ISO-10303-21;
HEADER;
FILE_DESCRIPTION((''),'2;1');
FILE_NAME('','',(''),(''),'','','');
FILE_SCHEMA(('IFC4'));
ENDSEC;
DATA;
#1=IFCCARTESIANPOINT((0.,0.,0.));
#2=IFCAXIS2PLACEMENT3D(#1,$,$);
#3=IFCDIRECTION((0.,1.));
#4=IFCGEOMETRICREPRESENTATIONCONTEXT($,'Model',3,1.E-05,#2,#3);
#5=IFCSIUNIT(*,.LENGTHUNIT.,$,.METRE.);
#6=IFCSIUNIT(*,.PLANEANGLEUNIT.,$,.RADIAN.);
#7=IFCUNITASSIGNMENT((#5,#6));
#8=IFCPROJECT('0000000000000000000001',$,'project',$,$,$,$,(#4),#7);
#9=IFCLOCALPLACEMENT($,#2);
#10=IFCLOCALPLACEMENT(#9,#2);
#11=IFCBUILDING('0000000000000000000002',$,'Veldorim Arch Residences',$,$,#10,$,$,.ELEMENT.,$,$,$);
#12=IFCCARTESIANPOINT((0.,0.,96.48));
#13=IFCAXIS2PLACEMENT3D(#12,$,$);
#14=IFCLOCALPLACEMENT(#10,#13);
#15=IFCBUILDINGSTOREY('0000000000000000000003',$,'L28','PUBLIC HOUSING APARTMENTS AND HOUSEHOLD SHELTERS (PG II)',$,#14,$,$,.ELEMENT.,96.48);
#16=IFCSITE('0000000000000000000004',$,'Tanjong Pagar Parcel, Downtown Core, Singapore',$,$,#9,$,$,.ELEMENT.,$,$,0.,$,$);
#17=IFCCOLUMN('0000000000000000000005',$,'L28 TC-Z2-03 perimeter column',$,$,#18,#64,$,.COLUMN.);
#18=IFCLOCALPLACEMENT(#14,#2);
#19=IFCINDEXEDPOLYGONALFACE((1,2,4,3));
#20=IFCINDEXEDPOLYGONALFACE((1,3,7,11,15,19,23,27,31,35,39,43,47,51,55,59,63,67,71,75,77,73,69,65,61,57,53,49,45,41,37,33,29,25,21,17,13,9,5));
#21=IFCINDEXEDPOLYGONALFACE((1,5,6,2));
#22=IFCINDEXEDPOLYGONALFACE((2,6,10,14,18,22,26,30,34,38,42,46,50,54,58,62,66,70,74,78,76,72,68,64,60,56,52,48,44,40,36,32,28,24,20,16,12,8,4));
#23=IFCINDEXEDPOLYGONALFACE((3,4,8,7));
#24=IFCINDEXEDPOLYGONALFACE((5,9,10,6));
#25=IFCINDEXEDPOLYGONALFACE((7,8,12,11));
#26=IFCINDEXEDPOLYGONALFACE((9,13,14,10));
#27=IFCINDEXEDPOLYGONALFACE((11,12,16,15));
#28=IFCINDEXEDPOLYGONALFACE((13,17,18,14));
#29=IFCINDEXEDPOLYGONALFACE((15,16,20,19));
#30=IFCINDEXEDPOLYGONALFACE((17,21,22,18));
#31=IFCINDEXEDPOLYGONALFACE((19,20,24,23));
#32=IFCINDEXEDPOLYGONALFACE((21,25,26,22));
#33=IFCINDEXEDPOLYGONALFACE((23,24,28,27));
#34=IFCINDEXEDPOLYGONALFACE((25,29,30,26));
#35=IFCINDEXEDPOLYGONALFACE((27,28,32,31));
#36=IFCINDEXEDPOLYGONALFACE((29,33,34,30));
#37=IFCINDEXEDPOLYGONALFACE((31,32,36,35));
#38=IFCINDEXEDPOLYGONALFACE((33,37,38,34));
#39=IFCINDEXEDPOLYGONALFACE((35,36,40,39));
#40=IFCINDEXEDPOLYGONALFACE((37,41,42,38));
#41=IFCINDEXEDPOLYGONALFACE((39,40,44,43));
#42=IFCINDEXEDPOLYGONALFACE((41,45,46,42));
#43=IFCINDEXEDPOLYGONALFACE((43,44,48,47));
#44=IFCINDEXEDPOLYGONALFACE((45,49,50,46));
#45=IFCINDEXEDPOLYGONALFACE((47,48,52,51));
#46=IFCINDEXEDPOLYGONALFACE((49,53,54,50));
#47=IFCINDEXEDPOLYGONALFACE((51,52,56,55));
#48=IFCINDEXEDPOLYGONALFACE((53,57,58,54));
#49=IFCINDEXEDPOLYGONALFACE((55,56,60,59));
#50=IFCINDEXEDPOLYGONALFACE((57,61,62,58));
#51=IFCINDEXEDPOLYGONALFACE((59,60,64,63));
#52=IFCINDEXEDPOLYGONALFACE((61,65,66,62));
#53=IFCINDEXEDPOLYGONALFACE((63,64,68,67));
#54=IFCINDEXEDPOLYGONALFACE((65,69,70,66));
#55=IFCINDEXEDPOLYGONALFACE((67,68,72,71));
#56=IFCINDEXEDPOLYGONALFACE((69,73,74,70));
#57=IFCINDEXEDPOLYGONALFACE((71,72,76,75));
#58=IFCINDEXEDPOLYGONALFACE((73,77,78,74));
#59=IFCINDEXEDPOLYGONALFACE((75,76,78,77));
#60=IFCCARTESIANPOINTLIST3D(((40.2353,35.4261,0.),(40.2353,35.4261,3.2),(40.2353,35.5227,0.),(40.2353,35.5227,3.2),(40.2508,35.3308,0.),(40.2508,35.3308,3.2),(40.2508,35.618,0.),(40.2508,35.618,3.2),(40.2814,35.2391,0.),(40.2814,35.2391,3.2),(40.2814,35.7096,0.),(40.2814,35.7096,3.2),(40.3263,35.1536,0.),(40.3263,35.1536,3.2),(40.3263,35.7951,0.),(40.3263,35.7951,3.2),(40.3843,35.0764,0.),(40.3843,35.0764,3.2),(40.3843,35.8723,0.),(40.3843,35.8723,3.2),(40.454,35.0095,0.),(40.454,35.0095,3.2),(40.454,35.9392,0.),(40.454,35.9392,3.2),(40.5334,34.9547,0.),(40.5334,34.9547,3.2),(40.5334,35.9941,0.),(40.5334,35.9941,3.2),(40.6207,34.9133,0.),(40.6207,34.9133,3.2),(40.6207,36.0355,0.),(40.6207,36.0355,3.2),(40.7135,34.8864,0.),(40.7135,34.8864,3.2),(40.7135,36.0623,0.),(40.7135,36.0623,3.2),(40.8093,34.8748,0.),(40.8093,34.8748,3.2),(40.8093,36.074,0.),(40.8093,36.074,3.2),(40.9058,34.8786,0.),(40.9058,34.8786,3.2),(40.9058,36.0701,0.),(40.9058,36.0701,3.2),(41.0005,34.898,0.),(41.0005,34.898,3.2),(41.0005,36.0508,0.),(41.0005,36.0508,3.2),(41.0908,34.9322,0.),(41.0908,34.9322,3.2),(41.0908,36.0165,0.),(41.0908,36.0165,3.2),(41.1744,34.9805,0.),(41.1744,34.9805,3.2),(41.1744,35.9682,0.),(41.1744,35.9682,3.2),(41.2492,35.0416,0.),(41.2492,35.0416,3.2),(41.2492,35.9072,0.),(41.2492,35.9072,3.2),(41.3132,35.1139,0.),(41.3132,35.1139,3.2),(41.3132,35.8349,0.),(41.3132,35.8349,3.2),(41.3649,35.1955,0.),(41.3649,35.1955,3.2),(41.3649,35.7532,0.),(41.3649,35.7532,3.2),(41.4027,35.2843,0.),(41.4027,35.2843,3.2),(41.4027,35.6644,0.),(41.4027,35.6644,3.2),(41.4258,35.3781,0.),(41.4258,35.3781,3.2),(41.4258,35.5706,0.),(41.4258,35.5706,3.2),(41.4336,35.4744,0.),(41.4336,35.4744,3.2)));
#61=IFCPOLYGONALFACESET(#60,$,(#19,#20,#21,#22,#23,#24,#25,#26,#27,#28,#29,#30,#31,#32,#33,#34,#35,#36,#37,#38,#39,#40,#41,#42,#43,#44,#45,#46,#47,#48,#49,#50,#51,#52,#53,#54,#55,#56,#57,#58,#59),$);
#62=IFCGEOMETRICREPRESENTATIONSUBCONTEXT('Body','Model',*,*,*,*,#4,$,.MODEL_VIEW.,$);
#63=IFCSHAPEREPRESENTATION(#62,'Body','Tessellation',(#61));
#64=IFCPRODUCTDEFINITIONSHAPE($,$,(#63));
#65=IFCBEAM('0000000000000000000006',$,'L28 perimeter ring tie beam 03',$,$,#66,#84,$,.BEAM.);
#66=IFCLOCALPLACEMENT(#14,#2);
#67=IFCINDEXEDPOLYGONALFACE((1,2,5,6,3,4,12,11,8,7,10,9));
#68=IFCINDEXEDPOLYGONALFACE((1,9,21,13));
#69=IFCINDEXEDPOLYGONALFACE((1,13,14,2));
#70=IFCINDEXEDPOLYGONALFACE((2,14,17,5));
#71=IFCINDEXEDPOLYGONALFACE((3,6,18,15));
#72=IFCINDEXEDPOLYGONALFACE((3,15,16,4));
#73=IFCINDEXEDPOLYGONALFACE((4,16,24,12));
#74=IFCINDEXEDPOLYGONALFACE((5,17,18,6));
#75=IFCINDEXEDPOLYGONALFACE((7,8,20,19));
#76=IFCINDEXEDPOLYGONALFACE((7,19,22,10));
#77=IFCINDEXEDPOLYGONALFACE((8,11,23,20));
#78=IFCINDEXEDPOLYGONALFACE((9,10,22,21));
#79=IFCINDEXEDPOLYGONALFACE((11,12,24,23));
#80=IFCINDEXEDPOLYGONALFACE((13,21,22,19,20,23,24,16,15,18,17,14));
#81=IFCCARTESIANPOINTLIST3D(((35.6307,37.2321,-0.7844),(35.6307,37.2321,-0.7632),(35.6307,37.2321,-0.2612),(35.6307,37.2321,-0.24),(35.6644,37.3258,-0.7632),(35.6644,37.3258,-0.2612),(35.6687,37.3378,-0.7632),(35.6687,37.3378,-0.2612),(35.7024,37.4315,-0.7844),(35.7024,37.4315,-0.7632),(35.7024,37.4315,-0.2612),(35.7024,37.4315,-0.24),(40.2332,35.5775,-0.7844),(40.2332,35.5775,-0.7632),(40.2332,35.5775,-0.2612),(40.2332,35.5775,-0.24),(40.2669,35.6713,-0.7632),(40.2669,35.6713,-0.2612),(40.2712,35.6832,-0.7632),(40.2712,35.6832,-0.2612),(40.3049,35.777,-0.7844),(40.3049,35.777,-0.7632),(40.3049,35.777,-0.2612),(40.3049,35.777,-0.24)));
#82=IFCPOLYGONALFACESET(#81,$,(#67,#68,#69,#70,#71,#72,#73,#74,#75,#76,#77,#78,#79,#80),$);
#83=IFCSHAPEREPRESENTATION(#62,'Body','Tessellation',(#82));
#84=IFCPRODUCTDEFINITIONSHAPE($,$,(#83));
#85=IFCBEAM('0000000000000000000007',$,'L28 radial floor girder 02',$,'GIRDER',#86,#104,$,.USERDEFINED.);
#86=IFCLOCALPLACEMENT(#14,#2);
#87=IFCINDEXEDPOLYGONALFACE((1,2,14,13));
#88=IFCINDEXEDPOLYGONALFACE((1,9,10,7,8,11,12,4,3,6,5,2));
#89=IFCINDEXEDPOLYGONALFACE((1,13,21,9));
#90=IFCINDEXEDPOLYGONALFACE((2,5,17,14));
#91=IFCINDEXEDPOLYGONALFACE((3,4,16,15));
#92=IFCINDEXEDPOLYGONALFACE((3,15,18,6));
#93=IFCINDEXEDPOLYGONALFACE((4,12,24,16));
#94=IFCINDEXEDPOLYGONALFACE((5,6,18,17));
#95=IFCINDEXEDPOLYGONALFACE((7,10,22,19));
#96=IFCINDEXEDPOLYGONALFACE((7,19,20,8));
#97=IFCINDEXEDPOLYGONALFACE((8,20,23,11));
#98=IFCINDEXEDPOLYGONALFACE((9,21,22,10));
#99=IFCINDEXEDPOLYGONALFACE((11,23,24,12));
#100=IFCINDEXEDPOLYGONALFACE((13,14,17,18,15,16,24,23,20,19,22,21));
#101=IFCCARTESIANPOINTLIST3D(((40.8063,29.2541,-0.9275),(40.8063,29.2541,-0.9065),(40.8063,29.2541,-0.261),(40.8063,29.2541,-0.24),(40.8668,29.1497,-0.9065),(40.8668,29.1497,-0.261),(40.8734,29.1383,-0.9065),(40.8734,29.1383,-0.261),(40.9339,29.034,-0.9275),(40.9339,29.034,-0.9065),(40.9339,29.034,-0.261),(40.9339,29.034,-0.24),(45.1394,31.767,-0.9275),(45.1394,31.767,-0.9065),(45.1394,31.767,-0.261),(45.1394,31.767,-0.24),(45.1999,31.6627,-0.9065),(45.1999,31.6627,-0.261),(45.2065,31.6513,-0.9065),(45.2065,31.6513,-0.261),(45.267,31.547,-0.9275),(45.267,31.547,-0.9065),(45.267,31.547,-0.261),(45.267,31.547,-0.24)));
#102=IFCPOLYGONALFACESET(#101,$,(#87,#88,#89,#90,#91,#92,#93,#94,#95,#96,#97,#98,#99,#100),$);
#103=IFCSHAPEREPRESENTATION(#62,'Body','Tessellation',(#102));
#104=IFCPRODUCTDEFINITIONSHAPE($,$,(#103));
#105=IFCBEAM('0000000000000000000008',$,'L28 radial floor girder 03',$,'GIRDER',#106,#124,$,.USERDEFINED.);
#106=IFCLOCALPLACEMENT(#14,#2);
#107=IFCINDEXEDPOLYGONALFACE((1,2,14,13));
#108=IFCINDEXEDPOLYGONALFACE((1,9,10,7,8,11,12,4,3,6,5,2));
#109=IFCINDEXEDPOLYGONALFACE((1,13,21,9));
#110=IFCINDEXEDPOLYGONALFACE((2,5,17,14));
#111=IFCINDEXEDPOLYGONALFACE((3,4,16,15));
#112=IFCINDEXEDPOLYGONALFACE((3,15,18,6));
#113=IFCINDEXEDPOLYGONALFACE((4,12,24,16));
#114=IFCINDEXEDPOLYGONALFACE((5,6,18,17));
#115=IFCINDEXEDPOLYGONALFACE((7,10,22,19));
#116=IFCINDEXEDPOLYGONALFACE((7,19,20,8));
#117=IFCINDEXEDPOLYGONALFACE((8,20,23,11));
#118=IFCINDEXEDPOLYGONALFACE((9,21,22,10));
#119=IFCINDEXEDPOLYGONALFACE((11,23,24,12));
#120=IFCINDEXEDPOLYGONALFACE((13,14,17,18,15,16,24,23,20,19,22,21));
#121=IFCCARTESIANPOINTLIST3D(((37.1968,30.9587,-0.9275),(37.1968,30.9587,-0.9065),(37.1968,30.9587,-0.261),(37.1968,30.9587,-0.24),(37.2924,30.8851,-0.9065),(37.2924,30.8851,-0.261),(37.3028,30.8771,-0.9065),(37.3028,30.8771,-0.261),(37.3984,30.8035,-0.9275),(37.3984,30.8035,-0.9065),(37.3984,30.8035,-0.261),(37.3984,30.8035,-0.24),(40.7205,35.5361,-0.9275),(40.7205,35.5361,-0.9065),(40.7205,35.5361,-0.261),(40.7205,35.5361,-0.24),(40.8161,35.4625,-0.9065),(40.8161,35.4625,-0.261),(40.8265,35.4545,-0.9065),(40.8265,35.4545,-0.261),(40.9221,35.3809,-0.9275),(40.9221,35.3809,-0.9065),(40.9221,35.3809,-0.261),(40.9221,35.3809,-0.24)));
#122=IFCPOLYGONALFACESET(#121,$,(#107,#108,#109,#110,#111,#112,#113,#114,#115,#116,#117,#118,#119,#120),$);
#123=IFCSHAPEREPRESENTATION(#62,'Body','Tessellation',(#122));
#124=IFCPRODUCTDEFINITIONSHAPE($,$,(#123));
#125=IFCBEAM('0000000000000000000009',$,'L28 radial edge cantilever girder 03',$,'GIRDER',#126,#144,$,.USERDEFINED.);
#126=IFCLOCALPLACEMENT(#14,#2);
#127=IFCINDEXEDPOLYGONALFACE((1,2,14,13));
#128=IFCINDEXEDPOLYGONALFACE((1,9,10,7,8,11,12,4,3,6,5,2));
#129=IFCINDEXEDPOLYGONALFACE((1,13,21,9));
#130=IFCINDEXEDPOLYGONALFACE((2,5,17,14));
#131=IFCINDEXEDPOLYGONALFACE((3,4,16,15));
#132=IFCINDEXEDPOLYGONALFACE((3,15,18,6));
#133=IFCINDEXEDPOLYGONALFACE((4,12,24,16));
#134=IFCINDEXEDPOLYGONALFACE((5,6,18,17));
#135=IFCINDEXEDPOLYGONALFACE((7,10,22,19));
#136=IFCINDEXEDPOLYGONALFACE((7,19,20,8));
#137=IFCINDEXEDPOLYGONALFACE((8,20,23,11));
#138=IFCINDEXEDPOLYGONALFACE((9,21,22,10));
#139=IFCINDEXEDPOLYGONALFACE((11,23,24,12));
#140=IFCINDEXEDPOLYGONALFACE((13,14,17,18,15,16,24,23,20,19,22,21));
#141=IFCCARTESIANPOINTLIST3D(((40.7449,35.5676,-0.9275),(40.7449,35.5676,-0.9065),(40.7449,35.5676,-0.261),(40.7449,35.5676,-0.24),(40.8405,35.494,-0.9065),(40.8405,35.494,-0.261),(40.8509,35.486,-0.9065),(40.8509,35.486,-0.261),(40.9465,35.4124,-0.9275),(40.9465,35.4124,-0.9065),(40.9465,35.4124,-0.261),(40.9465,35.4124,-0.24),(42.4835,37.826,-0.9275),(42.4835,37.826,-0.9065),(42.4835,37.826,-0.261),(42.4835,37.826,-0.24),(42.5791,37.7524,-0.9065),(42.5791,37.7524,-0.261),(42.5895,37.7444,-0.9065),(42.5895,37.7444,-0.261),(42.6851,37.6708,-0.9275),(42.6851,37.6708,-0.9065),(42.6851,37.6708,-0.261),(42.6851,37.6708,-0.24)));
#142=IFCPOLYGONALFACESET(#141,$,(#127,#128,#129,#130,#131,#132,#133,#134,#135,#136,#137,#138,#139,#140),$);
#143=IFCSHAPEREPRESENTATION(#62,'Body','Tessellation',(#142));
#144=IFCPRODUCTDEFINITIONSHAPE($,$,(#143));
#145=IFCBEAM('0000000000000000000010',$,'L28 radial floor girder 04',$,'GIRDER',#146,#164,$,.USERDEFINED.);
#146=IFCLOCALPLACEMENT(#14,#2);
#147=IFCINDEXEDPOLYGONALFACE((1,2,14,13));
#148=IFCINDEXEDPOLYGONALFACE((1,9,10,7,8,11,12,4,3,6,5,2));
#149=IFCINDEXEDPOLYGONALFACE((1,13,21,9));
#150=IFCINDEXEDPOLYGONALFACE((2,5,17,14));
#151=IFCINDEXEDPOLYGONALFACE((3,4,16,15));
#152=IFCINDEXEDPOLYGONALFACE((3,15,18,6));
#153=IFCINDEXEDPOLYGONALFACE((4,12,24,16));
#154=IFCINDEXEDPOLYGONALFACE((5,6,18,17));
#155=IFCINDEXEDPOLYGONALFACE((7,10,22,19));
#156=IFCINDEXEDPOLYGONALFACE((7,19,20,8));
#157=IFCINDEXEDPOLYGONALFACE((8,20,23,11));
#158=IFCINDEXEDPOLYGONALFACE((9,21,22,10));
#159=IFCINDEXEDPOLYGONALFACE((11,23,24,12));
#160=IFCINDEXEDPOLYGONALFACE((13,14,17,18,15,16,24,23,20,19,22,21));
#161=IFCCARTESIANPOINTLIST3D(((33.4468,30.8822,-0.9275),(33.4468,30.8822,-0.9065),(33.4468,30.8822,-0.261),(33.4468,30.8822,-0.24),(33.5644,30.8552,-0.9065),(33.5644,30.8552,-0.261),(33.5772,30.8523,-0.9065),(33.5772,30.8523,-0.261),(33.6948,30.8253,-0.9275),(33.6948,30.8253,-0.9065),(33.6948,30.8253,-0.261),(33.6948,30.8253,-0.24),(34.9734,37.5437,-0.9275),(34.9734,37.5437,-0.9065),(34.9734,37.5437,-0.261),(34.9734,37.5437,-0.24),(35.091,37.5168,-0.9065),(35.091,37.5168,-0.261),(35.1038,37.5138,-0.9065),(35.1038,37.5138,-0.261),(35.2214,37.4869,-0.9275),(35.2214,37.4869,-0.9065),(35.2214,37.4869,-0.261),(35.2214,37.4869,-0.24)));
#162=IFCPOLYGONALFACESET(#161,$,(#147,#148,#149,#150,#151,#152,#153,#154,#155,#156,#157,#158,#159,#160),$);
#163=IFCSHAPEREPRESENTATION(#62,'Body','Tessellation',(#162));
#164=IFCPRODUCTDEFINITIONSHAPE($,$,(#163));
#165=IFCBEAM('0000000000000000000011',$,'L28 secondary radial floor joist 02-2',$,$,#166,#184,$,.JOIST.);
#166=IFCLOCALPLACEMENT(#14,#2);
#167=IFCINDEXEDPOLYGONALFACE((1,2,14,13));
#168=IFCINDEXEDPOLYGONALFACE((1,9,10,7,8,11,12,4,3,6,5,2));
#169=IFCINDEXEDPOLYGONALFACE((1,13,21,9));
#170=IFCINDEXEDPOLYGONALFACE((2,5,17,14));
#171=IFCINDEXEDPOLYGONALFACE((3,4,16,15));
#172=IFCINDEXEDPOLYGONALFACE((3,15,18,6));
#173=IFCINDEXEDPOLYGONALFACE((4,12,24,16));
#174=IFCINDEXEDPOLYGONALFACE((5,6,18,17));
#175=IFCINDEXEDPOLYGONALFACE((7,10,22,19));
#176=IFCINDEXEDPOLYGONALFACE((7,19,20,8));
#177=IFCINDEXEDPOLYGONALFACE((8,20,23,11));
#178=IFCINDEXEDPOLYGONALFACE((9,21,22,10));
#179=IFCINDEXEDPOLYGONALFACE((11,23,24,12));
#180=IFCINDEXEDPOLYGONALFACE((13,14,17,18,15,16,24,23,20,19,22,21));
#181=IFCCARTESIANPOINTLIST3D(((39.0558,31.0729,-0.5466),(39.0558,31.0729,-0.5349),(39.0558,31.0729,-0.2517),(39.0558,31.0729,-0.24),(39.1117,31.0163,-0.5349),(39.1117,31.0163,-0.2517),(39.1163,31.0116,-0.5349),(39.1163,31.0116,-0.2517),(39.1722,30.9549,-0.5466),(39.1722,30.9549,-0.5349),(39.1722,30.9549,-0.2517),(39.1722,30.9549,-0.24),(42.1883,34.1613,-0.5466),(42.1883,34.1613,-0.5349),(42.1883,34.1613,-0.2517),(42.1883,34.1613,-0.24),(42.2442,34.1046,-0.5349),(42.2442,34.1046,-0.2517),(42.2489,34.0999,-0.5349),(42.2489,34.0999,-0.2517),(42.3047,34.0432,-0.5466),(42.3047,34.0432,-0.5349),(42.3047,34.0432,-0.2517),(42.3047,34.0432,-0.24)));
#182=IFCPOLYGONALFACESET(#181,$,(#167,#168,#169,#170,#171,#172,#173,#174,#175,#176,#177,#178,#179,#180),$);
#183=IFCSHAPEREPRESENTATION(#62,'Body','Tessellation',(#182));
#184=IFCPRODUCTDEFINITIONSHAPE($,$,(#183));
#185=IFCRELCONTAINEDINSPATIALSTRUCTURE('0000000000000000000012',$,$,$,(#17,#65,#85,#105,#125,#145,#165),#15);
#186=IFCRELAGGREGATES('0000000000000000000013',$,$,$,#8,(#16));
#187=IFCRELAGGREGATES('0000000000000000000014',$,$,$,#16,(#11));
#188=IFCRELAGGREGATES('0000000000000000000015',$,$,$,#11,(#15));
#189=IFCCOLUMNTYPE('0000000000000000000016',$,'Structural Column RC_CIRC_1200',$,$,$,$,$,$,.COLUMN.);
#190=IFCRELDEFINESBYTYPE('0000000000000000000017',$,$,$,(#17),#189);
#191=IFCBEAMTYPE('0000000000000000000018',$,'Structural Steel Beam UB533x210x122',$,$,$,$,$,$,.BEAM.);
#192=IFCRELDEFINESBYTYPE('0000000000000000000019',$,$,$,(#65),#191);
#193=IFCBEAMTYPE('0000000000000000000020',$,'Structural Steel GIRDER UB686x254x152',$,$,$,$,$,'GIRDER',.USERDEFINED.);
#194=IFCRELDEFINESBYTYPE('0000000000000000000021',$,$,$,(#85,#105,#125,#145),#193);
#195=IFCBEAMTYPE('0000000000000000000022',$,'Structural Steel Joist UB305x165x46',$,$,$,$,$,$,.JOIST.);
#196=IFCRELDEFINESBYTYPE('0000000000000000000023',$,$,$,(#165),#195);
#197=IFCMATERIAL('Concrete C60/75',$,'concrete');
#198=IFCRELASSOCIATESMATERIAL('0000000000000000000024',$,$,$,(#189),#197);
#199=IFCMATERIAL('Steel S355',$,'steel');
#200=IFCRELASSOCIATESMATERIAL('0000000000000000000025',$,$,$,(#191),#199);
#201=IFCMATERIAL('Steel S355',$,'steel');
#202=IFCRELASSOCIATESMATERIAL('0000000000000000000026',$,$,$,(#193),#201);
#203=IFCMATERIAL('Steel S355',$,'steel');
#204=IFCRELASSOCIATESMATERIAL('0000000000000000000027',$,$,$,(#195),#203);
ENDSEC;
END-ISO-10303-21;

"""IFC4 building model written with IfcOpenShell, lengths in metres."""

from ifc_helpers import new_model, si_unit, direction, frame, origin, origin_2d, place, context, subcontext, project, spatial, circle, i_section, extrude, material, material_profile, profile_set, type_object, element, save


model = new_model("IFC4")

# Units and contexts
model_context = context("Model", 3, precision=1e-05, world=origin(), true_north=direction((0.0, 1.0)))
body_context = subcontext(model_context, "Body", "Model", "MODEL_VIEW")
ifc_project = project(units=[si_unit("LENGTHUNIT", "METRE"), si_unit("PLANEANGLEUNIT", "RADIAN")], contexts=[model_context])

# Site, building, storey
site_placement = place(None, origin())
site = spatial("IfcSite", under=ifc_project, at=site_placement, Name="Tanjong Pagar Parcel, Downtown Core, Singapore", CompositionType="ELEMENT", RefElevation=0.0)
building_placement = place(site_placement, origin())
building = spatial("IfcBuilding", under=site, at=building_placement, Name="Veldorim Arch Residences", CompositionType="ELEMENT")
storey_placement = place(building_placement, frame((0.0, 0.0, 96.48)))
storey = spatial("IfcBuildingStorey", under=building, at=storey_placement, Name="L28", Description="PUBLIC HOUSING APARTMENTS AND HOUSEHOLD SHELTERS (PG II)", CompositionType="ELEMENT", Elevation=96.48)

# Column
ifc_material_1 = material(Name="Concrete C60/75", Category="concrete")
ifc_material_profile_1 = material_profile(ifc_material_1, circle(Radius=0.6001, at=origin_2d()), Name="RC_CIRC_1200")
ifc_profile_set_1 = profile_set([ifc_material_profile_1], Name="Concrete C60/75")
column_type = type_object("IfcColumnType", Name="Structural Column RC_CIRC_1200", PredefinedType="COLUMN", material=ifc_profile_set_1)
column_placement = place(storey_placement, frame((40.8335, 35.4744, 0.0), z_axis=(0.0, 0.0, 1.0), x_axis=(1.0, 0.0, 0.0)))
element("IfcColumn", 1, at=column_placement, inside=storey, type_object=column_type, Name="L28 TC-Z2-03 perimeter column", PredefinedType="COLUMN", context=body_context, shape_type="SweptSolid", body=[
    extrude(circle(Radius=0.6001, at=origin_2d()), origin(), (0.0, 0.0, 1.0), 3.2),
])

# Beams
ifc_material_2 = material(Name="Steel S355", Category="steel")
ifc_material_profile_2 = material_profile(ifc_material_2, i_section(OverallWidth=0.2119, OverallDepth=0.5444, WebThickness=0.0127, FlangeThickness=0.0212, at=origin_2d()), Name="UB533x210x122")
ifc_profile_set_2 = profile_set([ifc_material_profile_2], Name="Steel S355")
beam_type_1 = type_object("IfcBeamType", Name="Structural Steel Beam UB533x210x122", PredefinedType="BEAM", material=ifc_profile_set_2)
beam_1_placement = place(storey_placement, frame((40.269, 35.6772, -0.5122), z_axis=(-0.941042, 0.33829, 0.0), x_axis=(-0.33829, -0.941042, 0.0)))
element("IfcBeam", 2, at=beam_1_placement, inside=storey, type_object=beam_type_1, Name="L28 perimeter ring tie beam 03", PredefinedType="BEAM", context=body_context, shape_type="SweptSolid", body=[
    extrude(i_section(OverallWidth=0.2119, OverallDepth=0.5444, WebThickness=0.0127, FlangeThickness=0.0212, at=origin_2d()), origin(), (0.0, 0.0, 1.0), 4.8909),
])
ifc_material_3 = material(Name="Steel S355", Category="steel")
ifc_material_profile_3 = material_profile(ifc_material_3, i_section(OverallWidth=0.2544, OverallDepth=0.6875, WebThickness=0.0132, FlangeThickness=0.021, at=origin_2d()), Name="UB686x254x152")
ifc_profile_set_3 = profile_set([ifc_material_profile_3], Name="Steel S355")
beam_type_2 = type_object("IfcBeamType", Name="Structural Steel GIRDER UB686x254x152", ElementType="GIRDER", PredefinedType="USERDEFINED", material=ifc_profile_set_3)
beam_2_placement = place(storey_placement, frame((40.8701, 29.144, -0.5837), z_axis=(0.865049, 0.501687, 0.0), x_axis=(-0.501687, 0.865049, 0.0)))
element("IfcBeam", 3, at=beam_2_placement, inside=storey, type_object=beam_type_2, Name="L28 radial floor girder 02", ObjectType="GIRDER", PredefinedType="USERDEFINED", context=body_context, shape_type="SweptSolid", body=[
    extrude(i_section(OverallWidth=0.2544, OverallDepth=0.6875, WebThickness=0.0132, FlangeThickness=0.021, at=origin_2d()), origin(), (0.0, 0.0, 1.0), 5.009),
])
beam_3_placement = place(storey_placement, frame((37.2976, 30.8811, -0.5837), z_axis=(0.609995, 0.792406, 0.0), x_axis=(-0.792406, 0.609995, 0.0)))
element("IfcBeam", 4, at=beam_3_placement, inside=storey, type_object=beam_type_2, Name="L28 radial floor girder 03", ObjectType="GIRDER", PredefinedType="USERDEFINED", context=body_context, shape_type="SweptSolid", body=[
    extrude(i_section(OverallWidth=0.2544, OverallDepth=0.6875, WebThickness=0.0132, FlangeThickness=0.021, at=origin_2d()), origin(), (0.0, 0.0, 1.0), 5.7766),
])
beam_4_placement = place(storey_placement, frame((40.8457, 35.49, -0.5837), z_axis=(0.610013, 0.792391, 0.0), x_axis=(-0.792391, 0.610013, 0.0)))
element("IfcBeam", 5, at=beam_4_placement, inside=storey, type_object=beam_type_2, Name="L28 radial edge cantilever girder 03", ObjectType="GIRDER", PredefinedType="USERDEFINED", context=body_context, shape_type="SweptSolid", body=[
    extrude(i_section(OverallWidth=0.2544, OverallDepth=0.6875, WebThickness=0.0132, FlangeThickness=0.021, at=origin_2d()), origin(), (0.0, 0.0, 1.0), 2.8501),
])
beam_5_placement = place(storey_placement, frame((33.5708, 30.8538, -0.5837), z_axis=(0.223375, 0.974733, 0.0), x_axis=(-0.974733, 0.223375, 0.0)))
element("IfcBeam", 6, at=beam_5_placement, inside=storey, type_object=beam_type_2, Name="L28 radial floor girder 04", ObjectType="GIRDER", PredefinedType="USERDEFINED", context=body_context, shape_type="SweptSolid", body=[
    extrude(i_section(OverallWidth=0.2544, OverallDepth=0.6875, WebThickness=0.0132, FlangeThickness=0.021, at=origin_2d()), origin(), (0.0, 0.0, 1.0), 6.8342),
])
ifc_material_4 = material(Name="Steel S355", Category="steel")
ifc_material_profile_4 = material_profile(ifc_material_4, i_section(OverallWidth=0.1658, OverallDepth=0.3066, WebThickness=0.0066, FlangeThickness=0.0117, at=origin_2d()), Name="UB305x165x46")
ifc_profile_set_4 = profile_set([ifc_material_profile_4], Name="Steel S355")
beam_type_3 = type_object("IfcBeamType", Name="Structural Steel Joist UB305x165x46", PredefinedType="JOIST", material=ifc_profile_set_4)
beam_6_placement = place(storey_placement, frame((39.114, 31.0139, -0.3933), z_axis=(0.712112, 0.702066, 0.0), x_axis=(-0.702066, 0.712112, 0.0)))
element("IfcBeam", 7, at=beam_6_placement, inside=storey, type_object=beam_type_3, Name="L28 secondary radial floor joist 02-2", PredefinedType="JOIST", context=body_context, shape_type="SweptSolid", body=[
    extrude(i_section(OverallWidth=0.1658, OverallDepth=0.3066, WebThickness=0.0066, FlangeThickness=0.0117, at=origin_2d()), origin(), (0.0, 0.0, 1.0), 4.3989),
])

save(model, "model.ifc")
